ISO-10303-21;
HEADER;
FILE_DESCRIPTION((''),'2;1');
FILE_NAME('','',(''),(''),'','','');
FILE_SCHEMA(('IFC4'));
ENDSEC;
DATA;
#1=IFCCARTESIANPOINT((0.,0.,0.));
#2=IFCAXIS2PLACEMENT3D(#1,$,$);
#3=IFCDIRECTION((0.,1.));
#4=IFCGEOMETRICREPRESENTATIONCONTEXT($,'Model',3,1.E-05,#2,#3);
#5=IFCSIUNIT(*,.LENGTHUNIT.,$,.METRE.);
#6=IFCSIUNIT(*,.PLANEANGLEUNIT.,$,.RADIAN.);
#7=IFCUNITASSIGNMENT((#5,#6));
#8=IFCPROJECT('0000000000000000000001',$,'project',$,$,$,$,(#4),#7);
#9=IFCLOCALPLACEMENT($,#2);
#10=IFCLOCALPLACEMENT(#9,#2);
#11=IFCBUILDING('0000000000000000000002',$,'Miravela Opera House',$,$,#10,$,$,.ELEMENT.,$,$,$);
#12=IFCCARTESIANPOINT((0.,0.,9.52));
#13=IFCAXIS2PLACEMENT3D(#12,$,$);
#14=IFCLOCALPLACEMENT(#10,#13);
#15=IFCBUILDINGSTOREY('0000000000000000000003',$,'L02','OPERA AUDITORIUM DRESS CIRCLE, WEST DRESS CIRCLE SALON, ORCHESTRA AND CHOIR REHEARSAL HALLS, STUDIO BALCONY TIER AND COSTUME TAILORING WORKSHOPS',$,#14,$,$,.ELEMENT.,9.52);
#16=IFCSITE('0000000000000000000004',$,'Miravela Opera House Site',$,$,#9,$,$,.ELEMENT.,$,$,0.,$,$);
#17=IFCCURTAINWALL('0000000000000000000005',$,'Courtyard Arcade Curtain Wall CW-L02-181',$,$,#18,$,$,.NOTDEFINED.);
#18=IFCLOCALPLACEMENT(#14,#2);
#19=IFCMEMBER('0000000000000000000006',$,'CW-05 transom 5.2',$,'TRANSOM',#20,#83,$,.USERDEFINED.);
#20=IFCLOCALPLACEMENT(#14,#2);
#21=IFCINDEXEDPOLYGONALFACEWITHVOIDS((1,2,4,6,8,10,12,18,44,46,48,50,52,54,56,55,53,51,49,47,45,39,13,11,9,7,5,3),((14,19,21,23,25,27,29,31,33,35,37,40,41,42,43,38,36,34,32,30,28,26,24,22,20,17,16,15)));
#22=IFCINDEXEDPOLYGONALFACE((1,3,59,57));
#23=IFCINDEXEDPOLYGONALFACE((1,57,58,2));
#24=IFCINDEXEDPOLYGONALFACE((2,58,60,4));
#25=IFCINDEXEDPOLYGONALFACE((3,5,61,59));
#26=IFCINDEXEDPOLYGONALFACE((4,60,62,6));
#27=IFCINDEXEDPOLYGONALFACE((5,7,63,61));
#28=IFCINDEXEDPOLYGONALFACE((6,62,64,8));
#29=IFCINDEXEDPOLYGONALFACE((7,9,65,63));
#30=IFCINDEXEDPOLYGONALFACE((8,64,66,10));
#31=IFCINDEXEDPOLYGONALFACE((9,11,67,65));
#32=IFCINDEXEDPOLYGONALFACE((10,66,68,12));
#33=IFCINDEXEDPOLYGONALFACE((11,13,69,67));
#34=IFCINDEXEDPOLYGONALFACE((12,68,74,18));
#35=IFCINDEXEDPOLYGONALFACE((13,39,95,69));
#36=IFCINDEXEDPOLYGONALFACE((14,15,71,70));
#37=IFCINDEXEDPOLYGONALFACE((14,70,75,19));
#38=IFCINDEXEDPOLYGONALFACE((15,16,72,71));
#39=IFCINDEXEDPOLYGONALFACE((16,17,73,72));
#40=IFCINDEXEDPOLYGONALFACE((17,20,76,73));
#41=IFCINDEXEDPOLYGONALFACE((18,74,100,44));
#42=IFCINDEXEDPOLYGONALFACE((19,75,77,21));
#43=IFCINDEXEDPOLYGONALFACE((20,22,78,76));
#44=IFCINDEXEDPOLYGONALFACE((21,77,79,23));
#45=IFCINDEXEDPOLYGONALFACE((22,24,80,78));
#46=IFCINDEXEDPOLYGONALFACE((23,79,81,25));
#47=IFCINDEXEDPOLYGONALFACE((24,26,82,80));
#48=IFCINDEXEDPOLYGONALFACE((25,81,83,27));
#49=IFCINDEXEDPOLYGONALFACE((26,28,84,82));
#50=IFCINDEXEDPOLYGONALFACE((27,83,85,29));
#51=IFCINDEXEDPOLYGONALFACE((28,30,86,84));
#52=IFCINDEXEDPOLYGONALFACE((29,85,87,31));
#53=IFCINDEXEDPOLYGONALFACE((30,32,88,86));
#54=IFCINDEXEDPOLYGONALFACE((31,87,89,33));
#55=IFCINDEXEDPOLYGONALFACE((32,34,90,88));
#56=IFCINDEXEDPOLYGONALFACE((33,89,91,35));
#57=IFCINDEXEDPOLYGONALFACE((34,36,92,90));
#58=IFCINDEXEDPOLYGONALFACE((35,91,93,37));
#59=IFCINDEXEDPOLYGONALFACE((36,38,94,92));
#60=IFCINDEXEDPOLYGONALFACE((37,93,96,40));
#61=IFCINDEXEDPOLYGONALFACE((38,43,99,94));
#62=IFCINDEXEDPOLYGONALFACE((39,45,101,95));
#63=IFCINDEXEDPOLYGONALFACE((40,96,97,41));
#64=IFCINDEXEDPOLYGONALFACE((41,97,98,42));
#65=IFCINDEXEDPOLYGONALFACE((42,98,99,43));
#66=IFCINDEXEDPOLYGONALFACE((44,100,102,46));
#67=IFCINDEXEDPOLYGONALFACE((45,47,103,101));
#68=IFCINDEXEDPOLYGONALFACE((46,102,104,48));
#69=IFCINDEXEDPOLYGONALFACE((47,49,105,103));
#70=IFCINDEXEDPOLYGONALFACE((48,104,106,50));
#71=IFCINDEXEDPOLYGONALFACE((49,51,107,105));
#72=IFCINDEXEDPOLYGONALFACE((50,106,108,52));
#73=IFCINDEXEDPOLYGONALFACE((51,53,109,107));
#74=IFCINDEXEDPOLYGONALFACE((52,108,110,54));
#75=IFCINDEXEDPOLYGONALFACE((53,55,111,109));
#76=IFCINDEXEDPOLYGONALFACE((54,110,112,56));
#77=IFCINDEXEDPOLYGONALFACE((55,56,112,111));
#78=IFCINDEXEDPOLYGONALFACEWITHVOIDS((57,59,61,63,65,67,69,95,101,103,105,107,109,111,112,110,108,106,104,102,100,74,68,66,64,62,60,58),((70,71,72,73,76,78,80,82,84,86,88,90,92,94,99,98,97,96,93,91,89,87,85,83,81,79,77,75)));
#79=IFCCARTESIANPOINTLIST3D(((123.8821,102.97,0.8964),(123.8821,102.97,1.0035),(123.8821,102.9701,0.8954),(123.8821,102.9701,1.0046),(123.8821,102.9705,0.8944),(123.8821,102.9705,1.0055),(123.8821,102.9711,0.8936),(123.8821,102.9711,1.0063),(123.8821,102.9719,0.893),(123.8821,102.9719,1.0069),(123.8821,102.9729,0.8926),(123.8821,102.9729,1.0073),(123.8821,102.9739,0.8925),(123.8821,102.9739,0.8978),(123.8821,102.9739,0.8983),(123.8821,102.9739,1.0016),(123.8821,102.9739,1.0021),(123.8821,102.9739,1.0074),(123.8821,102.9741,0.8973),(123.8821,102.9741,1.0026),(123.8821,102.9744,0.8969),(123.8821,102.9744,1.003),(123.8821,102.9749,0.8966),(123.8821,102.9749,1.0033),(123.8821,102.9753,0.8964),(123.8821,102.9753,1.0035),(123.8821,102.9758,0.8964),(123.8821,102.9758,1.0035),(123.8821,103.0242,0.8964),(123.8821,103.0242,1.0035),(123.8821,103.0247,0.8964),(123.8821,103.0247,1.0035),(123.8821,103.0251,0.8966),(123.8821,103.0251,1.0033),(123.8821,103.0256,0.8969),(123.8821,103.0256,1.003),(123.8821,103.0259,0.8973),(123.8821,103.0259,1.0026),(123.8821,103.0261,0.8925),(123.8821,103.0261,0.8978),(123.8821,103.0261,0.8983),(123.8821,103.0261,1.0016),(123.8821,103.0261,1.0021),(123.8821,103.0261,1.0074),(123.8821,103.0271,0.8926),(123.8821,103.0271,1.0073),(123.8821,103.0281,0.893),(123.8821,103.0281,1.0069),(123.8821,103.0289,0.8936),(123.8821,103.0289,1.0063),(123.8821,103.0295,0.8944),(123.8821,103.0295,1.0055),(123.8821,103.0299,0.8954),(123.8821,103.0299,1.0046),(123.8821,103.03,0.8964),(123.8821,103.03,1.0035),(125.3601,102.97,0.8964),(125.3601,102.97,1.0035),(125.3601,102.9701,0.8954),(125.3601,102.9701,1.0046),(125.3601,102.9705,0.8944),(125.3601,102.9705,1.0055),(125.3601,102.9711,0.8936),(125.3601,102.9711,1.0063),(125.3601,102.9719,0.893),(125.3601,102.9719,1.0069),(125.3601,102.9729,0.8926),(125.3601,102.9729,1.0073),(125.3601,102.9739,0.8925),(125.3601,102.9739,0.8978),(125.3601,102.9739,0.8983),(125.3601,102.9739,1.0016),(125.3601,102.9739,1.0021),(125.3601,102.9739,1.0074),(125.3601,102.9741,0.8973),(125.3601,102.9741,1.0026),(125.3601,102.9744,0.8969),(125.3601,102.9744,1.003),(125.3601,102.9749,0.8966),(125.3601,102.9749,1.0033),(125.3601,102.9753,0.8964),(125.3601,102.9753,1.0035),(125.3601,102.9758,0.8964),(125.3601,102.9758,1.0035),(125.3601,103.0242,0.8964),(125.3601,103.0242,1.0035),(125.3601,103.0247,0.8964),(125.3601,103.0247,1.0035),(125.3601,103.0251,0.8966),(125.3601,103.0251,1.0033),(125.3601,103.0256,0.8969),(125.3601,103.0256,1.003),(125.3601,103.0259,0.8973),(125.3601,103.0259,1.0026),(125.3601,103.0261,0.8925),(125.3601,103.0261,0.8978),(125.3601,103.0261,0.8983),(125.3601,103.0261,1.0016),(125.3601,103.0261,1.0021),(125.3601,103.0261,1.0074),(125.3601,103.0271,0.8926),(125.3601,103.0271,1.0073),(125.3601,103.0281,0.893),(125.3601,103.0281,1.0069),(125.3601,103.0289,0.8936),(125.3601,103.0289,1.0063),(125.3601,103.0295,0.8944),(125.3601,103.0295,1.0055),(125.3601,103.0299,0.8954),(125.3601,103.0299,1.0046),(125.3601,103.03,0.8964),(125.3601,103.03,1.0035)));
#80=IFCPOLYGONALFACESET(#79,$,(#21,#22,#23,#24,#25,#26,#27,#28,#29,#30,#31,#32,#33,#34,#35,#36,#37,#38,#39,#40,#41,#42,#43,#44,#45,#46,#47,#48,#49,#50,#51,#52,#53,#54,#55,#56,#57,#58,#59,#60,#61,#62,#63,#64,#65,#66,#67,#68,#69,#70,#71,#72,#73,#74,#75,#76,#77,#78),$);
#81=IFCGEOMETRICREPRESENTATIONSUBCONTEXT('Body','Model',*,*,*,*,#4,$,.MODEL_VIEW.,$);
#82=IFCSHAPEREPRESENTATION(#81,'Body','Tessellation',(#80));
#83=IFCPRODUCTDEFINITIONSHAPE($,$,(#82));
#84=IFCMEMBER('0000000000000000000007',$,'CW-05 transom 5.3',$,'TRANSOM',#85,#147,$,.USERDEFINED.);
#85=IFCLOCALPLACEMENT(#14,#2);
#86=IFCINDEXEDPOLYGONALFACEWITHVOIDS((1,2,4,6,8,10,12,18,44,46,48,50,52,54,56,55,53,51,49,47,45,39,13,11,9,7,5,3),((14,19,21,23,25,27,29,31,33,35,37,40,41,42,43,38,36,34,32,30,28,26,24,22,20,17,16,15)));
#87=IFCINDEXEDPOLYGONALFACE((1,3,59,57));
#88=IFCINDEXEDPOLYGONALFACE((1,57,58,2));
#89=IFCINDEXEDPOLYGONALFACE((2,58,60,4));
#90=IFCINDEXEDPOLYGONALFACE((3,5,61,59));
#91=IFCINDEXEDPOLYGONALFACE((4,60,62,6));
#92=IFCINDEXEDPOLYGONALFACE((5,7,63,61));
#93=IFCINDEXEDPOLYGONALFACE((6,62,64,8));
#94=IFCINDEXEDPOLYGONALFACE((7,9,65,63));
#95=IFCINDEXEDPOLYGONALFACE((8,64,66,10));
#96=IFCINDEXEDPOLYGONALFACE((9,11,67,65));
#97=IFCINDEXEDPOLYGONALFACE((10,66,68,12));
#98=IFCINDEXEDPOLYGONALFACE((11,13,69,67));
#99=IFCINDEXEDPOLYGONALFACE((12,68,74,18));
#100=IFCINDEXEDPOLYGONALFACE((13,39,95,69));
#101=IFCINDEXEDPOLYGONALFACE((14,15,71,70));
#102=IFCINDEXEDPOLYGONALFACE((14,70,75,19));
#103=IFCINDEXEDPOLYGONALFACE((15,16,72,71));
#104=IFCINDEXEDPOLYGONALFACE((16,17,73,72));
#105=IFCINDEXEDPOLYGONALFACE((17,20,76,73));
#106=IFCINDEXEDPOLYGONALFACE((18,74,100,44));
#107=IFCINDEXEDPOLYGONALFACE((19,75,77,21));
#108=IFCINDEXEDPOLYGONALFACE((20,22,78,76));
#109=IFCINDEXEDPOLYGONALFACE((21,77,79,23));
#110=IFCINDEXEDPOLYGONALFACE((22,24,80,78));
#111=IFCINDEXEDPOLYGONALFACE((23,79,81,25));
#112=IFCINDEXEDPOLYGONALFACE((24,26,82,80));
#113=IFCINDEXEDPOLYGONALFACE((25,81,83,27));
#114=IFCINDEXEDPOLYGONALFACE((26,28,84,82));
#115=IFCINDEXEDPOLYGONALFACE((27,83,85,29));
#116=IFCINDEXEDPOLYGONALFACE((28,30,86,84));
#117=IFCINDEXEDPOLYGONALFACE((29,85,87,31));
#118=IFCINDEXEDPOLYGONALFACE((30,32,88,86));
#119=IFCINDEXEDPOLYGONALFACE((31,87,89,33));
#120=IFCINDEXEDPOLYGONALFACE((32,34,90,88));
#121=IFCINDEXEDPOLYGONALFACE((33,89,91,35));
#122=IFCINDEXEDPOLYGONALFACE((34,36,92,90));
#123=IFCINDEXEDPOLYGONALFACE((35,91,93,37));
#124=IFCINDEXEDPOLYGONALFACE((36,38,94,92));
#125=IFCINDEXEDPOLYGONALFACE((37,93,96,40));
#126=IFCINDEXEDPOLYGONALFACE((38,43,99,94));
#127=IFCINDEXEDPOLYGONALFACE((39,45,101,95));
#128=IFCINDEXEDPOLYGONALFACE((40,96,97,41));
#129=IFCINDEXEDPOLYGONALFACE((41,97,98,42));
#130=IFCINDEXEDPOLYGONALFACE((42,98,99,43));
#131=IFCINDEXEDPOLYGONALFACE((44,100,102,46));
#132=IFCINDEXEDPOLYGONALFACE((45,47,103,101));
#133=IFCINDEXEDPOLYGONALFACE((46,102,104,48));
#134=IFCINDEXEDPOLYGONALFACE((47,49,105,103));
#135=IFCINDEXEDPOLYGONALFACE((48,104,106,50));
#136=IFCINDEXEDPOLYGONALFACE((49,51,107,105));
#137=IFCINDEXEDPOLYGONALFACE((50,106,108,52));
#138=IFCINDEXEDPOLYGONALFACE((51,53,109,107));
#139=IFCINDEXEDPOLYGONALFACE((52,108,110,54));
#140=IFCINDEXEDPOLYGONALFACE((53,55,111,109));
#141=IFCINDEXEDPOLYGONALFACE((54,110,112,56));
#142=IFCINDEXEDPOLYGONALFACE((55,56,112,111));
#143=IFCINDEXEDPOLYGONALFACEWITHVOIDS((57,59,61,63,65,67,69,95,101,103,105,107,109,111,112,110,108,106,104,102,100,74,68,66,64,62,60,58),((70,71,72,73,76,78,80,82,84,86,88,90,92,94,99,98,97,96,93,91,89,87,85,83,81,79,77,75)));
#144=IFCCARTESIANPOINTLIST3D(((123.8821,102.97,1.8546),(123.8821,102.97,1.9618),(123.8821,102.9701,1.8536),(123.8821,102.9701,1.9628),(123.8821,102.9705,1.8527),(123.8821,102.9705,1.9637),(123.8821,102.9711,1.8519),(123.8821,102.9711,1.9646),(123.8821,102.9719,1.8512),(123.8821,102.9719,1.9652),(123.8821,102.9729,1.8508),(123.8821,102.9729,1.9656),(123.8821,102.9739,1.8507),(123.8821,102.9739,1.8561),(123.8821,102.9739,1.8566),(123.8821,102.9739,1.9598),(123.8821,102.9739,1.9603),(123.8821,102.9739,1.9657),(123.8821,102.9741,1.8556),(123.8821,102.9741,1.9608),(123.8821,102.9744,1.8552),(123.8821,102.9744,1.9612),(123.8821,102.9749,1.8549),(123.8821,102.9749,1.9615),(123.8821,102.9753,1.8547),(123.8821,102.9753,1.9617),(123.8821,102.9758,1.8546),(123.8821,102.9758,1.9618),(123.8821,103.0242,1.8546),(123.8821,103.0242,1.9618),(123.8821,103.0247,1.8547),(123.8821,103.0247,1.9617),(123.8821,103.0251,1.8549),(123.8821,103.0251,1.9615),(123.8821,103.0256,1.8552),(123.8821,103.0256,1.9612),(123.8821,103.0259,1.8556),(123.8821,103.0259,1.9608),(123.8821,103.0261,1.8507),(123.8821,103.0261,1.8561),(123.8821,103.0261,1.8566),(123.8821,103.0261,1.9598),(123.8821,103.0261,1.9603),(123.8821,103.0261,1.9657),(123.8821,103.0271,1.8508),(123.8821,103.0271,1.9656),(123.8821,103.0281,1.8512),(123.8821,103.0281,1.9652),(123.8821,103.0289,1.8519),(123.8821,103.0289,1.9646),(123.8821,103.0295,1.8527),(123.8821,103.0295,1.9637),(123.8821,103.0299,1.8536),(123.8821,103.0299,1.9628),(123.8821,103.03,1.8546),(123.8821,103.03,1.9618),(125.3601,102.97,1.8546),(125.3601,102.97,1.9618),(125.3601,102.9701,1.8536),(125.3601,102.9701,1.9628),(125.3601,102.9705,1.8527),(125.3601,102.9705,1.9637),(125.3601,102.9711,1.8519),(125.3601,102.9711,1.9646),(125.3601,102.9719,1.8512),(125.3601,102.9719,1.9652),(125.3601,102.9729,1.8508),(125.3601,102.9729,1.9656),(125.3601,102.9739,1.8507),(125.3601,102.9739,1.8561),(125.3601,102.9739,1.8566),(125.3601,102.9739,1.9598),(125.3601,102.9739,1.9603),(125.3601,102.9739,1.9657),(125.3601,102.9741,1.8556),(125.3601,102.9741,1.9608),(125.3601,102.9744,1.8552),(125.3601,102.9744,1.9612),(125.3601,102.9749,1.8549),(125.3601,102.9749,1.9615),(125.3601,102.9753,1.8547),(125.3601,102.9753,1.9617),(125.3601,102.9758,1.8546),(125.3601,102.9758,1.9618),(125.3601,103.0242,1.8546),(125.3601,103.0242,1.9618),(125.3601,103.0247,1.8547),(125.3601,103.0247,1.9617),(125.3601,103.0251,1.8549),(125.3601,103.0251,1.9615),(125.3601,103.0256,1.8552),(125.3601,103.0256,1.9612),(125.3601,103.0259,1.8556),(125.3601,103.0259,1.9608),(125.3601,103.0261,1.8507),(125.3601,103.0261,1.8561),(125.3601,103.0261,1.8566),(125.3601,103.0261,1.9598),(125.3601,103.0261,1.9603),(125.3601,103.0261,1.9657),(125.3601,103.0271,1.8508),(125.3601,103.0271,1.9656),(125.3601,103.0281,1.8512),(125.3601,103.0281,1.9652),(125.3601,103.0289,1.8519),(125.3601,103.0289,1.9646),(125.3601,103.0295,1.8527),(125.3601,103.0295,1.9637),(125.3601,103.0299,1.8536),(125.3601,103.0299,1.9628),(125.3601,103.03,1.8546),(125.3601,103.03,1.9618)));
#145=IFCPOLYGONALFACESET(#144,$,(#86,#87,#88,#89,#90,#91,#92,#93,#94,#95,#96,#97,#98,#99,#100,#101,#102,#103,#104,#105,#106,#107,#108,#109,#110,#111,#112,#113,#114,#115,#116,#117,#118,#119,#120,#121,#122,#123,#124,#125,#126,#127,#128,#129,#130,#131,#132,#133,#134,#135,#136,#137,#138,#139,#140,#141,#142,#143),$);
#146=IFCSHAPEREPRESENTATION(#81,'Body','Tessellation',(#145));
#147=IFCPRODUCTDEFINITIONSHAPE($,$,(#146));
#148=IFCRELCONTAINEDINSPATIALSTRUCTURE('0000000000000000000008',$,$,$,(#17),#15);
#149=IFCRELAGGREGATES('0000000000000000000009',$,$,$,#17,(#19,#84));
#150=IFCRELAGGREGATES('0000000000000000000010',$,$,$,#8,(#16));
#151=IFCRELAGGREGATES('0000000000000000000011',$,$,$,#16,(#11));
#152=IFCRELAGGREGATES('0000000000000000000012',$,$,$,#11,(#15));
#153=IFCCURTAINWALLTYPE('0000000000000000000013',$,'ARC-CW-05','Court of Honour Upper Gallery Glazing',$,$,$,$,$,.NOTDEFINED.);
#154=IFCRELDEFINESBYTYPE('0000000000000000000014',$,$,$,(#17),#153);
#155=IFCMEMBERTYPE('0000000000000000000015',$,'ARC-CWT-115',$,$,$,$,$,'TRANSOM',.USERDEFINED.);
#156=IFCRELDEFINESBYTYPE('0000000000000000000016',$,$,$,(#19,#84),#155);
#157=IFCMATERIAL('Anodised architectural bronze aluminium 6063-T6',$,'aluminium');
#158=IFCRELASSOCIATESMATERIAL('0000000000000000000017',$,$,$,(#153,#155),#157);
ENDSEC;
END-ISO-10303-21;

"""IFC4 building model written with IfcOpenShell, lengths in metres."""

from ifc_helpers import new_model, si_unit, direction, frame, origin, origin_2d, place, context, subcontext, project, spatial, hollow_rectangle, extrude, material, material_profile, profile_set, type_object, element, aggregate, save


model = new_model("IFC4")

# Units and contexts
model_context = context("Model", 3, precision=1e-05, world=origin(), true_north=direction((0.0, 1.0)))
body_context = subcontext(model_context, "Body", "Model", "MODEL_VIEW")
ifc_project = project(units=[si_unit("LENGTHUNIT", "METRE"), si_unit("PLANEANGLEUNIT", "RADIAN")], contexts=[model_context])

# Site, building, storey
site_placement = place(None, origin())
site = spatial("IfcSite", under=ifc_project, at=site_placement, Name="Miravela Opera House Site", CompositionType="ELEMENT", RefElevation=0.0)
building_placement = place(site_placement, origin())
building = spatial("IfcBuilding", under=site, at=building_placement, Name="Miravela Opera House", CompositionType="ELEMENT")
storey_placement = place(building_placement, frame((0.0, 0.0, 9.52)))
storey = spatial("IfcBuildingStorey", under=building, at=storey_placement, Name="L02", Description="OPERA AUDITORIUM DRESS CIRCLE, WEST DRESS CIRCLE SALON, ORCHESTRA AND CHOIR REHEARSAL HALLS, STUDIO BALCONY TIER AND COSTUME TAILORING WORKSHOPS", CompositionType="ELEMENT", Elevation=9.52)

# Curtain wall, members
ifc_material_1 = material(Name="Anodised architectural bronze aluminium 6063-T6", Category="aluminium")
curtain_wall_type = type_object("IfcCurtainWallType", Name="ARC-CW-05", Description="Court of Honour Upper Gallery Glazing", PredefinedType="NOTDEFINED", material=ifc_material_1)
curtain_wall_placement = place(storey_placement, origin())
curtain_wall = element("IfcCurtainWall", 1, at=curtain_wall_placement, inside=storey, type_object=curtain_wall_type, Name="Courtyard Arcade Curtain Wall CW-L02-181", PredefinedType="NOTDEFINED")
ifc_material_profile_1 = material_profile(ifc_material_1, hollow_rectangle(XDim=0.0601, YDim=0.115, WallThickness=0.0039, InnerFilletRadius=0.002, OuterFilletRadius=0.0039, at=origin_2d()), Name="CWT-60X115")
ifc_profile_set_1 = profile_set([ifc_material_profile_1])
member_type_1 = type_object("IfcMemberType", Name="ARC-CWT-115", ElementType="TRANSOM", PredefinedType="USERDEFINED", material=ifc_profile_set_1)
member_1_placement = place(storey_placement, frame((123.8821, 103.0, 0.95), z_axis=(1.0, 0.0, 0.0), x_axis=(0.0, 1.0, 0.0)))
member_1 = element("IfcMember", 2, at=member_1_placement, type_object=member_type_1, Name="CW-05 transom 5.2", ObjectType="TRANSOM", PredefinedType="USERDEFINED", context=body_context, shape_type="SweptSolid", body=[
    extrude(hollow_rectangle(XDim=0.0601, YDim=0.115, WallThickness=0.0039, InnerFilletRadius=0.002, OuterFilletRadius=0.0039, at=origin_2d()), origin(), (0.0, 0.0, 1.0), 1.478),
])
member_2_placement = place(storey_placement, frame((123.8821, 103.0, 1.9082), z_axis=(1.0, 0.0, 0.0), x_axis=(0.0, 1.0, 0.0)))
member_2 = element("IfcMember", 3, at=member_2_placement, type_object=member_type_1, Name="CW-05 transom 5.3", ObjectType="TRANSOM", PredefinedType="USERDEFINED", context=body_context, shape_type="SweptSolid", body=[
    extrude(hollow_rectangle(XDim=0.0601, YDim=0.115, WallThickness=0.0039, InnerFilletRadius=0.002, OuterFilletRadius=0.0039, at=origin_2d()), origin(), (0.0, 0.0, 1.0), 1.478),
])

aggregate(curtain_wall, [member_1, member_2])

save(model, "model.ifc")
